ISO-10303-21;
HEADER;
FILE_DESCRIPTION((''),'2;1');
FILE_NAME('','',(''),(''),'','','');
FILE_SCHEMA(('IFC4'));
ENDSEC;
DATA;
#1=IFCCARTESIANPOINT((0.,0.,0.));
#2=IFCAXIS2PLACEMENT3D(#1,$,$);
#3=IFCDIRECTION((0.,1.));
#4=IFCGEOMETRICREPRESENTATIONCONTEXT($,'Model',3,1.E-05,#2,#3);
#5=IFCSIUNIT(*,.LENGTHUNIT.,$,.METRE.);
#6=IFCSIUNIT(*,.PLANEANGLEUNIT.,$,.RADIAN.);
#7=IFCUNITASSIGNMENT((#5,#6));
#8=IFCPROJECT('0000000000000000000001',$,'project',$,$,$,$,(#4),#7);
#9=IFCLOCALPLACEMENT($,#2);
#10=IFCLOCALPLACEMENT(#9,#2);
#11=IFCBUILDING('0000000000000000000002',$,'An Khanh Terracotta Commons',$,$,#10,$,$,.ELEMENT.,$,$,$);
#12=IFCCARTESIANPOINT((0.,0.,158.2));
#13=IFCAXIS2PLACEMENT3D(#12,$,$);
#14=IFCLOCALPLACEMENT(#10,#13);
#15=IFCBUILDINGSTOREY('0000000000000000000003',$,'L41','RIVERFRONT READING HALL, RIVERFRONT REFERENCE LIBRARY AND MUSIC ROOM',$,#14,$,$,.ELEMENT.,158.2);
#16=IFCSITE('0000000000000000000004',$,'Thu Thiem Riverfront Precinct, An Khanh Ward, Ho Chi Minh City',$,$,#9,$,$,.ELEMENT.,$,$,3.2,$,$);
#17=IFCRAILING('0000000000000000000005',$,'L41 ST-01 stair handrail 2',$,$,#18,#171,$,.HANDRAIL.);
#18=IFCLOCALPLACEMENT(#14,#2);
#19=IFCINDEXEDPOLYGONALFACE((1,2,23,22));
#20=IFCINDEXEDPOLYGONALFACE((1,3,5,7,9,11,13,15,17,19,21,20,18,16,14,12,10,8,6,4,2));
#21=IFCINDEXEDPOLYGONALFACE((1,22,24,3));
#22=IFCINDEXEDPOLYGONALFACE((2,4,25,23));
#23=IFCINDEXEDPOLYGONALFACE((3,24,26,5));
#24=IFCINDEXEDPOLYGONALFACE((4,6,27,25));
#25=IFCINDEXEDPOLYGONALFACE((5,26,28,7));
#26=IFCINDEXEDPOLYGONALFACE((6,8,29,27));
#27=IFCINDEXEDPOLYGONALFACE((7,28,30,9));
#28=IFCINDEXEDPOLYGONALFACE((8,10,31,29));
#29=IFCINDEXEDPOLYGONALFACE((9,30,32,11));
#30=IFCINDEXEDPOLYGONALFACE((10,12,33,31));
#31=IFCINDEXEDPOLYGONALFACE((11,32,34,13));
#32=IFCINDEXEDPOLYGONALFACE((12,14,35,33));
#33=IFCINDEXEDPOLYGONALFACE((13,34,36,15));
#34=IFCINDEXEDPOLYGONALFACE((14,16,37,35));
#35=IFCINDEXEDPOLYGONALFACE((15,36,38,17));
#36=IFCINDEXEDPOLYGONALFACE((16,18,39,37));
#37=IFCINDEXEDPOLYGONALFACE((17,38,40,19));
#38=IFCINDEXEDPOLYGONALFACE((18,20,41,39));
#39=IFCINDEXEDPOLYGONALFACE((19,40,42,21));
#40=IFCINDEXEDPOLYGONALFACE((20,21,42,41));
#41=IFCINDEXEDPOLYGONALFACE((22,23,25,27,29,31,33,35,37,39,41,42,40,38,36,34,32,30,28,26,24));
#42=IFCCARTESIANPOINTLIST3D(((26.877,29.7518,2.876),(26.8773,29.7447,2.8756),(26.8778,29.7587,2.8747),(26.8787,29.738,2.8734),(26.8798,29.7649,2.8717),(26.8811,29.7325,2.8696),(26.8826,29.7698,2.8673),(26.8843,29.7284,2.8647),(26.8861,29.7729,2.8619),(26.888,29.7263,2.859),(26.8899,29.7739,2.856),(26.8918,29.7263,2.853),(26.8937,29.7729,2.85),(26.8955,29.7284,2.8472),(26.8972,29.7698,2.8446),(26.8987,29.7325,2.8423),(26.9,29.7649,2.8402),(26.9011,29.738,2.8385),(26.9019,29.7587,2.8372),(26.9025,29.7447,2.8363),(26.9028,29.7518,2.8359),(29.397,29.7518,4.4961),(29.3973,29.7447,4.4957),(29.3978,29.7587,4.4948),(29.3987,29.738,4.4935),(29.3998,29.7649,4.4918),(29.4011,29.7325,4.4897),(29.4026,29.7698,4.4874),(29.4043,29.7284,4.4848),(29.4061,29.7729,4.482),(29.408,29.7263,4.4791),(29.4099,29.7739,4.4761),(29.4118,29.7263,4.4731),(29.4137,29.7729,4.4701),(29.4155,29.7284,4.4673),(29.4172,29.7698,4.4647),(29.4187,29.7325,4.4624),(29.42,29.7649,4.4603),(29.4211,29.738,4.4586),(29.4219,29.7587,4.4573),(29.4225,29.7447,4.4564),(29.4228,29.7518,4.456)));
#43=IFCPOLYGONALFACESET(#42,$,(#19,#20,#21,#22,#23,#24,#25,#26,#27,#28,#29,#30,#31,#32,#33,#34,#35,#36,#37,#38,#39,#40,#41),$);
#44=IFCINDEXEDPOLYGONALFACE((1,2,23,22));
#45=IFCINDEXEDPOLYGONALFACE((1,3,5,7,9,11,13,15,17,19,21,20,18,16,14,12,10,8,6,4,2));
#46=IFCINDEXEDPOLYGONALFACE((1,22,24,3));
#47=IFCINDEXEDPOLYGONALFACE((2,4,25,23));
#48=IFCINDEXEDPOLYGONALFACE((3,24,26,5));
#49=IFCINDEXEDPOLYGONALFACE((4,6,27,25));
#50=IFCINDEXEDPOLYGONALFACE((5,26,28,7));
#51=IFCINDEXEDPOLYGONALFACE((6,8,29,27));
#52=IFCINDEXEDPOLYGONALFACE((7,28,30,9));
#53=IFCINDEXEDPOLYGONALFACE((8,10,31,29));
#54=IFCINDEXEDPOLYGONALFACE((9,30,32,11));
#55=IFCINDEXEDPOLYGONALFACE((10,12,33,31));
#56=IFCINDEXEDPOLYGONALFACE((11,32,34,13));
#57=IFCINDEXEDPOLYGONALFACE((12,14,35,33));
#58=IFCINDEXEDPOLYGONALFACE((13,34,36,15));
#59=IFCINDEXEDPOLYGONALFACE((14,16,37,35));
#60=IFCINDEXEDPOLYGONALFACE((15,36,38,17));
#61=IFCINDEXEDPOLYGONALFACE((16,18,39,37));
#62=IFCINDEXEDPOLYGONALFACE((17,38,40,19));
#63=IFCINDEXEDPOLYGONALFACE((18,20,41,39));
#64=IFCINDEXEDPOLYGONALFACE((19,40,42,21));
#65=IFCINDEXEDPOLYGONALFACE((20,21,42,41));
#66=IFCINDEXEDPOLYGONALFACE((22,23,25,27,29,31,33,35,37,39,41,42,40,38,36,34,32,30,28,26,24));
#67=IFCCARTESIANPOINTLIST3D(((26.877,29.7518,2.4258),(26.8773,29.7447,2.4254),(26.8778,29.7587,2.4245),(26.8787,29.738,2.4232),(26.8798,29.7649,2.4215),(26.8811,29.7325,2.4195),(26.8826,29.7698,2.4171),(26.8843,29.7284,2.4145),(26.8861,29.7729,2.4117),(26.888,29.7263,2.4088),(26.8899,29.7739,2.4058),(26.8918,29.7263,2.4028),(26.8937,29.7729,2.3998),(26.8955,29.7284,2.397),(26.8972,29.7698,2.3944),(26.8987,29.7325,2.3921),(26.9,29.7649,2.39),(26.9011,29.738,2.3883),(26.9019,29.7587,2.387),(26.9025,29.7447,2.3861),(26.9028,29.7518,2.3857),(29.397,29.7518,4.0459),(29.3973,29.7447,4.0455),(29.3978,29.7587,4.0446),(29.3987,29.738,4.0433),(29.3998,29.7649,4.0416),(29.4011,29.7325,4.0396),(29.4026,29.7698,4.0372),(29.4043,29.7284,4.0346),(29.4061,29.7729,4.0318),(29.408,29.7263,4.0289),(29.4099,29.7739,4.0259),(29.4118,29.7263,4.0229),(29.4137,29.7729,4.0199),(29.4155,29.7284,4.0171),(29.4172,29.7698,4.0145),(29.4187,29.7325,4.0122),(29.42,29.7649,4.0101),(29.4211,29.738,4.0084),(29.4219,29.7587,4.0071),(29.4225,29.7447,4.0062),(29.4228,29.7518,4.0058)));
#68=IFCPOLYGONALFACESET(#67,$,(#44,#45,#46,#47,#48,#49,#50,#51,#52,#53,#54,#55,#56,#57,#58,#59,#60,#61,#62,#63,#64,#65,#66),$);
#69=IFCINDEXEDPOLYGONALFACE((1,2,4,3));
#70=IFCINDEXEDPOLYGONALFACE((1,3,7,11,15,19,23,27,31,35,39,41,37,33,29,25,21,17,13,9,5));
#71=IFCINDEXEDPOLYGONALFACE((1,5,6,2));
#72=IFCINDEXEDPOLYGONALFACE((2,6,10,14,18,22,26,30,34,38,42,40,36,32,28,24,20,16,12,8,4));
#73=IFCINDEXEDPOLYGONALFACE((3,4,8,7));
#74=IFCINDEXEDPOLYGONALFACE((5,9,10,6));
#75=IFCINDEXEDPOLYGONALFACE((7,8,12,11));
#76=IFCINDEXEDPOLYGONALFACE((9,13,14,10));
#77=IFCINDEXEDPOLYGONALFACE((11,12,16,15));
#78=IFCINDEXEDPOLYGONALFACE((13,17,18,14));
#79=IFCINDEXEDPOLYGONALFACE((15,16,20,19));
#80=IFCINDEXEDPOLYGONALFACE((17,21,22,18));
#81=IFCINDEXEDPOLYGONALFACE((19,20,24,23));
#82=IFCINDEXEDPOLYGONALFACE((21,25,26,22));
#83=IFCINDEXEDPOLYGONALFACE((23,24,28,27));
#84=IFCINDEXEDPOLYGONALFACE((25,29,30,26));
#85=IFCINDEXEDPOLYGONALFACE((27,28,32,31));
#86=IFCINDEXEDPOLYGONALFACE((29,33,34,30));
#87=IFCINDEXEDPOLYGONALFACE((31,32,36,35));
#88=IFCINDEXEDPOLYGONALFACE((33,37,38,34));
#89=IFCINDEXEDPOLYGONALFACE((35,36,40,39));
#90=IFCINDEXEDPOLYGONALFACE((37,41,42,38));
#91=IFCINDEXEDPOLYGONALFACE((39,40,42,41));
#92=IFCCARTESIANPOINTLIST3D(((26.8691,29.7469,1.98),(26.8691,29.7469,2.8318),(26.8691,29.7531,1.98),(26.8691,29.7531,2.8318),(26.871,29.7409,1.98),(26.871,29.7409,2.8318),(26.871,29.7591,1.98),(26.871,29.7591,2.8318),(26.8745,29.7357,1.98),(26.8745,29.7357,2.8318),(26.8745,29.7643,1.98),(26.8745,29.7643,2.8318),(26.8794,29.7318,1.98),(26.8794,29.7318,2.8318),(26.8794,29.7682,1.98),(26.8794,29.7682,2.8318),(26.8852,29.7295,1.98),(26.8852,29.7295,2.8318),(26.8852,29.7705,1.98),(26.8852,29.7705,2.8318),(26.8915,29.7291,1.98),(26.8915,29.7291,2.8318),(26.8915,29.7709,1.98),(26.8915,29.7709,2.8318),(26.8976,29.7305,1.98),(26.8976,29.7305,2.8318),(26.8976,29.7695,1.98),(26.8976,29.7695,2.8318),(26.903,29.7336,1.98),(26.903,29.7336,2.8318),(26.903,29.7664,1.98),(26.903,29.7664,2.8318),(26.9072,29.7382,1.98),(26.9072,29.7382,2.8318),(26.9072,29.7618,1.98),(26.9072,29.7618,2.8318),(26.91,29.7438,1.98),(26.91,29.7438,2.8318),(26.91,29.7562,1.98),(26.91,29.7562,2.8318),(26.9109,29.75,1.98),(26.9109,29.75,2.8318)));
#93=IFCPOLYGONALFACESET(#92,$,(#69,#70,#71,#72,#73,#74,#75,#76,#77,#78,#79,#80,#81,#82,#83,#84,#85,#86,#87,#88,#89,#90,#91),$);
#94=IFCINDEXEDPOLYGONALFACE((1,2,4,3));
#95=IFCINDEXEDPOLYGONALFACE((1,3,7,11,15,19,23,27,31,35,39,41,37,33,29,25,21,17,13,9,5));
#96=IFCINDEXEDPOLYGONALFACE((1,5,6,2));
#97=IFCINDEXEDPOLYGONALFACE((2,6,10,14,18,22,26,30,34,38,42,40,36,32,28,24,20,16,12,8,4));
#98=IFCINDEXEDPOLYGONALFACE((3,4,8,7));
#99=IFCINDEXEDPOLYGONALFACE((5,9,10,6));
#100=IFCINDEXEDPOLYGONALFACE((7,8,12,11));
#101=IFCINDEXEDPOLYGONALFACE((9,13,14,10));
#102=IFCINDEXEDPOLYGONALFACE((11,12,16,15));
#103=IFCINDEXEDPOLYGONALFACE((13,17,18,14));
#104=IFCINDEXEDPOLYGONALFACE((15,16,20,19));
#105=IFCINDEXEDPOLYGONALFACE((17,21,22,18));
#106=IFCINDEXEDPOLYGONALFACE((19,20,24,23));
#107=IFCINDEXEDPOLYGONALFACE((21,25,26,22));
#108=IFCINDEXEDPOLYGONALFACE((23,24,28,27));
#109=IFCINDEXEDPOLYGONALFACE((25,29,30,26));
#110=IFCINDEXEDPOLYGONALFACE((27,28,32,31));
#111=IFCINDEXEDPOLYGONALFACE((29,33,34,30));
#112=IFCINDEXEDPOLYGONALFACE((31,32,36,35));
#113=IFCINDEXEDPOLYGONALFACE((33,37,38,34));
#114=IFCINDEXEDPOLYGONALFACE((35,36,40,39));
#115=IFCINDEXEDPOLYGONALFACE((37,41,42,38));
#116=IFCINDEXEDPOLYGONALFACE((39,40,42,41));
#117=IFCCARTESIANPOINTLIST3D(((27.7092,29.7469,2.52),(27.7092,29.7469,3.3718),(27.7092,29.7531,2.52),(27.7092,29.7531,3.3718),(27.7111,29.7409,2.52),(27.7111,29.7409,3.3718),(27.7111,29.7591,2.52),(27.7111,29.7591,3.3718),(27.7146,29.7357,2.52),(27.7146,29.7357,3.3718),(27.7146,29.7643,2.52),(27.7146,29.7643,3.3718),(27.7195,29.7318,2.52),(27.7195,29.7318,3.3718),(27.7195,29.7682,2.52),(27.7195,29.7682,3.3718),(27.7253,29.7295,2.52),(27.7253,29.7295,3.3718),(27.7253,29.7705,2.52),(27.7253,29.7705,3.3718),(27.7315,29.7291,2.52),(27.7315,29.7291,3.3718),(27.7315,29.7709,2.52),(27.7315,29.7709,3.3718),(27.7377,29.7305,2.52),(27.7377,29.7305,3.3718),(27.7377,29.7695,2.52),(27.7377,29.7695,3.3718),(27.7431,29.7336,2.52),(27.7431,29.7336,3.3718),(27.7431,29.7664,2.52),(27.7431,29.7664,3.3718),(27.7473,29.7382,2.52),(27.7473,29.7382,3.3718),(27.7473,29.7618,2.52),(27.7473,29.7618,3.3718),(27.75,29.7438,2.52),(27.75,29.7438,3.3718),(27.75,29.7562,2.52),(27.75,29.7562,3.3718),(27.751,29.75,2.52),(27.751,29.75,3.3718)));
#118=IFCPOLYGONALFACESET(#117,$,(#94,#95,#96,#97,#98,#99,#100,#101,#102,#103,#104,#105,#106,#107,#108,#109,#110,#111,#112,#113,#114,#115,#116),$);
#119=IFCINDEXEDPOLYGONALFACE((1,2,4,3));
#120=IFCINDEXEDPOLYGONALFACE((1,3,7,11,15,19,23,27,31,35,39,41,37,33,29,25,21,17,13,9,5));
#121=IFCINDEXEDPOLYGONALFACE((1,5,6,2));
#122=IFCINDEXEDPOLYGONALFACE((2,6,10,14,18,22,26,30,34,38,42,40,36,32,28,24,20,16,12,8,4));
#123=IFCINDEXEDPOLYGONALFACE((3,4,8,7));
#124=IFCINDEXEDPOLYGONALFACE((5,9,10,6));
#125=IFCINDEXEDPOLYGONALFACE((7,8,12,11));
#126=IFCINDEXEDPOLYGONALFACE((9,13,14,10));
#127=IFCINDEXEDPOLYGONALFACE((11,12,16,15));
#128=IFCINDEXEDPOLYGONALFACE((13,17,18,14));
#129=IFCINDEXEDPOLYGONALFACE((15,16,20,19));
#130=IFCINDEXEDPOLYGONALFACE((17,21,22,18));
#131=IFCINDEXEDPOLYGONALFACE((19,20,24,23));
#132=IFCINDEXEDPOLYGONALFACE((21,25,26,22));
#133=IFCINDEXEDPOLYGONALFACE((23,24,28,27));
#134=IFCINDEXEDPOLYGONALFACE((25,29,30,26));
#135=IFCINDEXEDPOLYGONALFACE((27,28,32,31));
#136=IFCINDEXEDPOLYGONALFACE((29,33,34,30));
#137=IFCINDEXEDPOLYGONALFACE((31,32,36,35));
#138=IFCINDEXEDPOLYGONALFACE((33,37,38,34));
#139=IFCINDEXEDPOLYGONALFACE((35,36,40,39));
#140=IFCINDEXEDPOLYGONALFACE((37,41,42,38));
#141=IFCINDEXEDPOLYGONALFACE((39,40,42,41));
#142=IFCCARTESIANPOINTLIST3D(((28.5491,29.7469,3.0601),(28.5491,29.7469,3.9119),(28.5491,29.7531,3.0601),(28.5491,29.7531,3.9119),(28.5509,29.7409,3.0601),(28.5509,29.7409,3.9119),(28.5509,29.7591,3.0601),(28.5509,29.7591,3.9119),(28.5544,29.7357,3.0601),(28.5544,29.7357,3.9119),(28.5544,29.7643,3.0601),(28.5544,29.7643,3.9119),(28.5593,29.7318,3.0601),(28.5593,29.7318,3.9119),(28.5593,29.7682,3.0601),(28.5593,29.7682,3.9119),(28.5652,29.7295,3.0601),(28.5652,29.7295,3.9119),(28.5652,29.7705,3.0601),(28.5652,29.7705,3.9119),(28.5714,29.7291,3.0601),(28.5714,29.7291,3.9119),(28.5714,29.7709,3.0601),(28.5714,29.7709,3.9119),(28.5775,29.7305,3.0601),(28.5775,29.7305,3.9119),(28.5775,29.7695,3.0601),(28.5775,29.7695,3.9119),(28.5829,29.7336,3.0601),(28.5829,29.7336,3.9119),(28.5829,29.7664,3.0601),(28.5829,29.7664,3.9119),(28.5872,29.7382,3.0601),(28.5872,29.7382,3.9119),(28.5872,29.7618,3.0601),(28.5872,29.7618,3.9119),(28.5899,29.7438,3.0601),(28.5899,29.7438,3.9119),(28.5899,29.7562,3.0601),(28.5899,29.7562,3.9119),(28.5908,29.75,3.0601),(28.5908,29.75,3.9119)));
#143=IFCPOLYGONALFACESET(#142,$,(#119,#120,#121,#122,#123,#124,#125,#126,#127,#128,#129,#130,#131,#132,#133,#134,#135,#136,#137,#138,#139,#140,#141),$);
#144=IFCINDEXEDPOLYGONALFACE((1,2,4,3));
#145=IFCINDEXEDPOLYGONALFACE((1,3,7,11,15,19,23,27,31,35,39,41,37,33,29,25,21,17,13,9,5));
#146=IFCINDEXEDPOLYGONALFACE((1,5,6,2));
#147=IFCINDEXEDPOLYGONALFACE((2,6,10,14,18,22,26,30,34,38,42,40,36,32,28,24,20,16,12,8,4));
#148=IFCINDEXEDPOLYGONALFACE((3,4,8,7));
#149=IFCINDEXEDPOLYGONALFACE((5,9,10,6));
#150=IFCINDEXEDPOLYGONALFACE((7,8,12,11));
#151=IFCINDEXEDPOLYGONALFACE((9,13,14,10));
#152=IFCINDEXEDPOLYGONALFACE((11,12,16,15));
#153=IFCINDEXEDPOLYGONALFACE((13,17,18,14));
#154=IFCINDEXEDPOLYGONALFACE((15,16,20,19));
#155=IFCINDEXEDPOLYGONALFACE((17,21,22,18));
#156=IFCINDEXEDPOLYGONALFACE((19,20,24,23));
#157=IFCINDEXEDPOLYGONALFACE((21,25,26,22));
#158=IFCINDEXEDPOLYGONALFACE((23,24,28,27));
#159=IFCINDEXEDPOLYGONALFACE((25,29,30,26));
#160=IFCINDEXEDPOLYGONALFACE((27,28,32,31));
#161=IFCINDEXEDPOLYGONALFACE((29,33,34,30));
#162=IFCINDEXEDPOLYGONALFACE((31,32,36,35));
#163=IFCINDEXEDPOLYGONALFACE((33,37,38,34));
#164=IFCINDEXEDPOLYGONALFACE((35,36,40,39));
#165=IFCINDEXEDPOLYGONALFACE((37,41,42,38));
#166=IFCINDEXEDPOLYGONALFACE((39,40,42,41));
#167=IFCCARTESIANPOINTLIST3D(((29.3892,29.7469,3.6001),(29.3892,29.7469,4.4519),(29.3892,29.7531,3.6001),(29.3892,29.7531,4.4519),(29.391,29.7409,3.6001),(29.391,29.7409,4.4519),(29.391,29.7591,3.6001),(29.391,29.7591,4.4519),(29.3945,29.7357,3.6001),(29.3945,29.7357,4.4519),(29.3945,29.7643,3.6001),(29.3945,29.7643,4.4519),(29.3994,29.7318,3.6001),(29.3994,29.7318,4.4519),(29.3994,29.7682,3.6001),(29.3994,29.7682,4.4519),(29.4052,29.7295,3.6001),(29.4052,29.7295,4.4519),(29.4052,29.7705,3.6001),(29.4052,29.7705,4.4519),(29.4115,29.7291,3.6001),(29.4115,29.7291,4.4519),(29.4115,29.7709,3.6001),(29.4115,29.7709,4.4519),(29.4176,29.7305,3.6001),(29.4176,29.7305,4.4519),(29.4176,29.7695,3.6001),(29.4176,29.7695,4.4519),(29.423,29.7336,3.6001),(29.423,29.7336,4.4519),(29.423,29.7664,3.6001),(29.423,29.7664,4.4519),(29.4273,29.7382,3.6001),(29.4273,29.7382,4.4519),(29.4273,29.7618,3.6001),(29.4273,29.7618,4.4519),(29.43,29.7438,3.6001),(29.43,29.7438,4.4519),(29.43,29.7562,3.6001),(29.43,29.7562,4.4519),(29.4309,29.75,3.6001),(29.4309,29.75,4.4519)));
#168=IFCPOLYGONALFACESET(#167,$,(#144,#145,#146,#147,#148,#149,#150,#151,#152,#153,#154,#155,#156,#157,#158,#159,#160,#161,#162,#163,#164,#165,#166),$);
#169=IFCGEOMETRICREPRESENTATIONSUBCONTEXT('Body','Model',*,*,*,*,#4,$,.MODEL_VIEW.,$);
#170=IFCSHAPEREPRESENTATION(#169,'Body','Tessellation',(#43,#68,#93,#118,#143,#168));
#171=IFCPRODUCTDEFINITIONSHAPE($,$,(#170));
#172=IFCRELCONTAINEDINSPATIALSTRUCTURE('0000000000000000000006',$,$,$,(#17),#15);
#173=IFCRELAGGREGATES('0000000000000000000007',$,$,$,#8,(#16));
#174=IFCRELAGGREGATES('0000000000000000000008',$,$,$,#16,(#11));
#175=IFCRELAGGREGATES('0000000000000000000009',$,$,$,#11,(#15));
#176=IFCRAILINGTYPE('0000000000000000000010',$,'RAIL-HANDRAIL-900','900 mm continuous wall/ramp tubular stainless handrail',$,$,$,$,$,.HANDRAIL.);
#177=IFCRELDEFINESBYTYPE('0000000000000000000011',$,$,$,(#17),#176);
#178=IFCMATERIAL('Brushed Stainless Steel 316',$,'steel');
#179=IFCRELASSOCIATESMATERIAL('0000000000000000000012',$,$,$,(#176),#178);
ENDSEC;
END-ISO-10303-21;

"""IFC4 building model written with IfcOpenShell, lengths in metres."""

from ifc_helpers import new_model, si_unit, direction, frame, origin, origin_2d, place, context, subcontext, project, spatial, circle, extrude, material, type_object, element, save


model = new_model("IFC4")

# Units and contexts
model_context = context("Model", 3, precision=1e-05, world=origin(), true_north=direction((0.0, 1.0)))
body_context = subcontext(model_context, "Body", "Model", "MODEL_VIEW")
ifc_project = project(units=[si_unit("LENGTHUNIT", "METRE"), si_unit("PLANEANGLEUNIT", "RADIAN")], contexts=[model_context])

# Site, building, storey
site_placement = place(None, origin())
site = spatial("IfcSite", under=ifc_project, at=site_placement, Name="Thu Thiem Riverfront Precinct, An Khanh Ward, Ho Chi Minh City", CompositionType="ELEMENT", RefElevation=3.2)
building_placement = place(site_placement, origin())
building = spatial("IfcBuilding", under=site, at=building_placement, Name="An Khanh Terracotta Commons", CompositionType="ELEMENT")
storey_placement = place(building_placement, frame((0.0, 0.0, 158.2)))
storey = spatial("IfcBuildingStorey", under=building, at=storey_placement, Name="L41", Description="RIVERFRONT READING HALL, RIVERFRONT REFERENCE LIBRARY AND MUSIC ROOM", CompositionType="ELEMENT", Elevation=158.2)

# Railing
ifc_material_1 = material(Name="Brushed Stainless Steel 316", Category="steel")
railing_type_1 = type_object("IfcRailingType", Name="RAIL-HANDRAIL-900", Description="900 mm continuous wall/ramp tubular stainless handrail", PredefinedType="HANDRAIL", material=ifc_material_1)
railing_1_placement = place(storey_placement, frame((26.8899, 29.75, 1.98)))
element("IfcRailing", 1, at=railing_1_placement, inside=storey, type_object=railing_type_1, Name="L41 ST-01 stair handrail 2", PredefinedType="HANDRAIL", context=body_context, shape_type="SweptSolid", body=[
    extrude(circle(Radius=0.0239, at=origin_2d()), frame((0.0, 0.0, 0.876), z_axis=(0.841163, 0.0, 0.540782), x_axis=(0.0, 1.0, 0.0)), (0.0, 0.0, 1.0), 2.9958),
    extrude(circle(Radius=0.0239, at=origin_2d()), frame((0.0, 0.0, 0.4258), z_axis=(0.841163, 0.0, 0.540782), x_axis=(0.0, 1.0, 0.0)), (0.0, 0.0, 1.0), 2.9958),
    extrude(circle(Radius=0.021, at=origin_2d()), origin(), (0.0, 0.0, 1.0), 0.8518),
    extrude(circle(Radius=0.021, at=origin_2d()), frame((0.8401, 0.0, 0.54)), (0.0, 0.0, 1.0), 0.8518),
    extrude(circle(Radius=0.021, at=origin_2d()), frame((1.6799, 0.0, 1.0801)), (0.0, 0.0, 1.0), 0.8518),
    extrude(circle(Radius=0.021, at=origin_2d()), frame((2.52, 0.0, 1.6201)), (0.0, 0.0, 1.0), 0.8518),
])

save(model, "model.ifc")
